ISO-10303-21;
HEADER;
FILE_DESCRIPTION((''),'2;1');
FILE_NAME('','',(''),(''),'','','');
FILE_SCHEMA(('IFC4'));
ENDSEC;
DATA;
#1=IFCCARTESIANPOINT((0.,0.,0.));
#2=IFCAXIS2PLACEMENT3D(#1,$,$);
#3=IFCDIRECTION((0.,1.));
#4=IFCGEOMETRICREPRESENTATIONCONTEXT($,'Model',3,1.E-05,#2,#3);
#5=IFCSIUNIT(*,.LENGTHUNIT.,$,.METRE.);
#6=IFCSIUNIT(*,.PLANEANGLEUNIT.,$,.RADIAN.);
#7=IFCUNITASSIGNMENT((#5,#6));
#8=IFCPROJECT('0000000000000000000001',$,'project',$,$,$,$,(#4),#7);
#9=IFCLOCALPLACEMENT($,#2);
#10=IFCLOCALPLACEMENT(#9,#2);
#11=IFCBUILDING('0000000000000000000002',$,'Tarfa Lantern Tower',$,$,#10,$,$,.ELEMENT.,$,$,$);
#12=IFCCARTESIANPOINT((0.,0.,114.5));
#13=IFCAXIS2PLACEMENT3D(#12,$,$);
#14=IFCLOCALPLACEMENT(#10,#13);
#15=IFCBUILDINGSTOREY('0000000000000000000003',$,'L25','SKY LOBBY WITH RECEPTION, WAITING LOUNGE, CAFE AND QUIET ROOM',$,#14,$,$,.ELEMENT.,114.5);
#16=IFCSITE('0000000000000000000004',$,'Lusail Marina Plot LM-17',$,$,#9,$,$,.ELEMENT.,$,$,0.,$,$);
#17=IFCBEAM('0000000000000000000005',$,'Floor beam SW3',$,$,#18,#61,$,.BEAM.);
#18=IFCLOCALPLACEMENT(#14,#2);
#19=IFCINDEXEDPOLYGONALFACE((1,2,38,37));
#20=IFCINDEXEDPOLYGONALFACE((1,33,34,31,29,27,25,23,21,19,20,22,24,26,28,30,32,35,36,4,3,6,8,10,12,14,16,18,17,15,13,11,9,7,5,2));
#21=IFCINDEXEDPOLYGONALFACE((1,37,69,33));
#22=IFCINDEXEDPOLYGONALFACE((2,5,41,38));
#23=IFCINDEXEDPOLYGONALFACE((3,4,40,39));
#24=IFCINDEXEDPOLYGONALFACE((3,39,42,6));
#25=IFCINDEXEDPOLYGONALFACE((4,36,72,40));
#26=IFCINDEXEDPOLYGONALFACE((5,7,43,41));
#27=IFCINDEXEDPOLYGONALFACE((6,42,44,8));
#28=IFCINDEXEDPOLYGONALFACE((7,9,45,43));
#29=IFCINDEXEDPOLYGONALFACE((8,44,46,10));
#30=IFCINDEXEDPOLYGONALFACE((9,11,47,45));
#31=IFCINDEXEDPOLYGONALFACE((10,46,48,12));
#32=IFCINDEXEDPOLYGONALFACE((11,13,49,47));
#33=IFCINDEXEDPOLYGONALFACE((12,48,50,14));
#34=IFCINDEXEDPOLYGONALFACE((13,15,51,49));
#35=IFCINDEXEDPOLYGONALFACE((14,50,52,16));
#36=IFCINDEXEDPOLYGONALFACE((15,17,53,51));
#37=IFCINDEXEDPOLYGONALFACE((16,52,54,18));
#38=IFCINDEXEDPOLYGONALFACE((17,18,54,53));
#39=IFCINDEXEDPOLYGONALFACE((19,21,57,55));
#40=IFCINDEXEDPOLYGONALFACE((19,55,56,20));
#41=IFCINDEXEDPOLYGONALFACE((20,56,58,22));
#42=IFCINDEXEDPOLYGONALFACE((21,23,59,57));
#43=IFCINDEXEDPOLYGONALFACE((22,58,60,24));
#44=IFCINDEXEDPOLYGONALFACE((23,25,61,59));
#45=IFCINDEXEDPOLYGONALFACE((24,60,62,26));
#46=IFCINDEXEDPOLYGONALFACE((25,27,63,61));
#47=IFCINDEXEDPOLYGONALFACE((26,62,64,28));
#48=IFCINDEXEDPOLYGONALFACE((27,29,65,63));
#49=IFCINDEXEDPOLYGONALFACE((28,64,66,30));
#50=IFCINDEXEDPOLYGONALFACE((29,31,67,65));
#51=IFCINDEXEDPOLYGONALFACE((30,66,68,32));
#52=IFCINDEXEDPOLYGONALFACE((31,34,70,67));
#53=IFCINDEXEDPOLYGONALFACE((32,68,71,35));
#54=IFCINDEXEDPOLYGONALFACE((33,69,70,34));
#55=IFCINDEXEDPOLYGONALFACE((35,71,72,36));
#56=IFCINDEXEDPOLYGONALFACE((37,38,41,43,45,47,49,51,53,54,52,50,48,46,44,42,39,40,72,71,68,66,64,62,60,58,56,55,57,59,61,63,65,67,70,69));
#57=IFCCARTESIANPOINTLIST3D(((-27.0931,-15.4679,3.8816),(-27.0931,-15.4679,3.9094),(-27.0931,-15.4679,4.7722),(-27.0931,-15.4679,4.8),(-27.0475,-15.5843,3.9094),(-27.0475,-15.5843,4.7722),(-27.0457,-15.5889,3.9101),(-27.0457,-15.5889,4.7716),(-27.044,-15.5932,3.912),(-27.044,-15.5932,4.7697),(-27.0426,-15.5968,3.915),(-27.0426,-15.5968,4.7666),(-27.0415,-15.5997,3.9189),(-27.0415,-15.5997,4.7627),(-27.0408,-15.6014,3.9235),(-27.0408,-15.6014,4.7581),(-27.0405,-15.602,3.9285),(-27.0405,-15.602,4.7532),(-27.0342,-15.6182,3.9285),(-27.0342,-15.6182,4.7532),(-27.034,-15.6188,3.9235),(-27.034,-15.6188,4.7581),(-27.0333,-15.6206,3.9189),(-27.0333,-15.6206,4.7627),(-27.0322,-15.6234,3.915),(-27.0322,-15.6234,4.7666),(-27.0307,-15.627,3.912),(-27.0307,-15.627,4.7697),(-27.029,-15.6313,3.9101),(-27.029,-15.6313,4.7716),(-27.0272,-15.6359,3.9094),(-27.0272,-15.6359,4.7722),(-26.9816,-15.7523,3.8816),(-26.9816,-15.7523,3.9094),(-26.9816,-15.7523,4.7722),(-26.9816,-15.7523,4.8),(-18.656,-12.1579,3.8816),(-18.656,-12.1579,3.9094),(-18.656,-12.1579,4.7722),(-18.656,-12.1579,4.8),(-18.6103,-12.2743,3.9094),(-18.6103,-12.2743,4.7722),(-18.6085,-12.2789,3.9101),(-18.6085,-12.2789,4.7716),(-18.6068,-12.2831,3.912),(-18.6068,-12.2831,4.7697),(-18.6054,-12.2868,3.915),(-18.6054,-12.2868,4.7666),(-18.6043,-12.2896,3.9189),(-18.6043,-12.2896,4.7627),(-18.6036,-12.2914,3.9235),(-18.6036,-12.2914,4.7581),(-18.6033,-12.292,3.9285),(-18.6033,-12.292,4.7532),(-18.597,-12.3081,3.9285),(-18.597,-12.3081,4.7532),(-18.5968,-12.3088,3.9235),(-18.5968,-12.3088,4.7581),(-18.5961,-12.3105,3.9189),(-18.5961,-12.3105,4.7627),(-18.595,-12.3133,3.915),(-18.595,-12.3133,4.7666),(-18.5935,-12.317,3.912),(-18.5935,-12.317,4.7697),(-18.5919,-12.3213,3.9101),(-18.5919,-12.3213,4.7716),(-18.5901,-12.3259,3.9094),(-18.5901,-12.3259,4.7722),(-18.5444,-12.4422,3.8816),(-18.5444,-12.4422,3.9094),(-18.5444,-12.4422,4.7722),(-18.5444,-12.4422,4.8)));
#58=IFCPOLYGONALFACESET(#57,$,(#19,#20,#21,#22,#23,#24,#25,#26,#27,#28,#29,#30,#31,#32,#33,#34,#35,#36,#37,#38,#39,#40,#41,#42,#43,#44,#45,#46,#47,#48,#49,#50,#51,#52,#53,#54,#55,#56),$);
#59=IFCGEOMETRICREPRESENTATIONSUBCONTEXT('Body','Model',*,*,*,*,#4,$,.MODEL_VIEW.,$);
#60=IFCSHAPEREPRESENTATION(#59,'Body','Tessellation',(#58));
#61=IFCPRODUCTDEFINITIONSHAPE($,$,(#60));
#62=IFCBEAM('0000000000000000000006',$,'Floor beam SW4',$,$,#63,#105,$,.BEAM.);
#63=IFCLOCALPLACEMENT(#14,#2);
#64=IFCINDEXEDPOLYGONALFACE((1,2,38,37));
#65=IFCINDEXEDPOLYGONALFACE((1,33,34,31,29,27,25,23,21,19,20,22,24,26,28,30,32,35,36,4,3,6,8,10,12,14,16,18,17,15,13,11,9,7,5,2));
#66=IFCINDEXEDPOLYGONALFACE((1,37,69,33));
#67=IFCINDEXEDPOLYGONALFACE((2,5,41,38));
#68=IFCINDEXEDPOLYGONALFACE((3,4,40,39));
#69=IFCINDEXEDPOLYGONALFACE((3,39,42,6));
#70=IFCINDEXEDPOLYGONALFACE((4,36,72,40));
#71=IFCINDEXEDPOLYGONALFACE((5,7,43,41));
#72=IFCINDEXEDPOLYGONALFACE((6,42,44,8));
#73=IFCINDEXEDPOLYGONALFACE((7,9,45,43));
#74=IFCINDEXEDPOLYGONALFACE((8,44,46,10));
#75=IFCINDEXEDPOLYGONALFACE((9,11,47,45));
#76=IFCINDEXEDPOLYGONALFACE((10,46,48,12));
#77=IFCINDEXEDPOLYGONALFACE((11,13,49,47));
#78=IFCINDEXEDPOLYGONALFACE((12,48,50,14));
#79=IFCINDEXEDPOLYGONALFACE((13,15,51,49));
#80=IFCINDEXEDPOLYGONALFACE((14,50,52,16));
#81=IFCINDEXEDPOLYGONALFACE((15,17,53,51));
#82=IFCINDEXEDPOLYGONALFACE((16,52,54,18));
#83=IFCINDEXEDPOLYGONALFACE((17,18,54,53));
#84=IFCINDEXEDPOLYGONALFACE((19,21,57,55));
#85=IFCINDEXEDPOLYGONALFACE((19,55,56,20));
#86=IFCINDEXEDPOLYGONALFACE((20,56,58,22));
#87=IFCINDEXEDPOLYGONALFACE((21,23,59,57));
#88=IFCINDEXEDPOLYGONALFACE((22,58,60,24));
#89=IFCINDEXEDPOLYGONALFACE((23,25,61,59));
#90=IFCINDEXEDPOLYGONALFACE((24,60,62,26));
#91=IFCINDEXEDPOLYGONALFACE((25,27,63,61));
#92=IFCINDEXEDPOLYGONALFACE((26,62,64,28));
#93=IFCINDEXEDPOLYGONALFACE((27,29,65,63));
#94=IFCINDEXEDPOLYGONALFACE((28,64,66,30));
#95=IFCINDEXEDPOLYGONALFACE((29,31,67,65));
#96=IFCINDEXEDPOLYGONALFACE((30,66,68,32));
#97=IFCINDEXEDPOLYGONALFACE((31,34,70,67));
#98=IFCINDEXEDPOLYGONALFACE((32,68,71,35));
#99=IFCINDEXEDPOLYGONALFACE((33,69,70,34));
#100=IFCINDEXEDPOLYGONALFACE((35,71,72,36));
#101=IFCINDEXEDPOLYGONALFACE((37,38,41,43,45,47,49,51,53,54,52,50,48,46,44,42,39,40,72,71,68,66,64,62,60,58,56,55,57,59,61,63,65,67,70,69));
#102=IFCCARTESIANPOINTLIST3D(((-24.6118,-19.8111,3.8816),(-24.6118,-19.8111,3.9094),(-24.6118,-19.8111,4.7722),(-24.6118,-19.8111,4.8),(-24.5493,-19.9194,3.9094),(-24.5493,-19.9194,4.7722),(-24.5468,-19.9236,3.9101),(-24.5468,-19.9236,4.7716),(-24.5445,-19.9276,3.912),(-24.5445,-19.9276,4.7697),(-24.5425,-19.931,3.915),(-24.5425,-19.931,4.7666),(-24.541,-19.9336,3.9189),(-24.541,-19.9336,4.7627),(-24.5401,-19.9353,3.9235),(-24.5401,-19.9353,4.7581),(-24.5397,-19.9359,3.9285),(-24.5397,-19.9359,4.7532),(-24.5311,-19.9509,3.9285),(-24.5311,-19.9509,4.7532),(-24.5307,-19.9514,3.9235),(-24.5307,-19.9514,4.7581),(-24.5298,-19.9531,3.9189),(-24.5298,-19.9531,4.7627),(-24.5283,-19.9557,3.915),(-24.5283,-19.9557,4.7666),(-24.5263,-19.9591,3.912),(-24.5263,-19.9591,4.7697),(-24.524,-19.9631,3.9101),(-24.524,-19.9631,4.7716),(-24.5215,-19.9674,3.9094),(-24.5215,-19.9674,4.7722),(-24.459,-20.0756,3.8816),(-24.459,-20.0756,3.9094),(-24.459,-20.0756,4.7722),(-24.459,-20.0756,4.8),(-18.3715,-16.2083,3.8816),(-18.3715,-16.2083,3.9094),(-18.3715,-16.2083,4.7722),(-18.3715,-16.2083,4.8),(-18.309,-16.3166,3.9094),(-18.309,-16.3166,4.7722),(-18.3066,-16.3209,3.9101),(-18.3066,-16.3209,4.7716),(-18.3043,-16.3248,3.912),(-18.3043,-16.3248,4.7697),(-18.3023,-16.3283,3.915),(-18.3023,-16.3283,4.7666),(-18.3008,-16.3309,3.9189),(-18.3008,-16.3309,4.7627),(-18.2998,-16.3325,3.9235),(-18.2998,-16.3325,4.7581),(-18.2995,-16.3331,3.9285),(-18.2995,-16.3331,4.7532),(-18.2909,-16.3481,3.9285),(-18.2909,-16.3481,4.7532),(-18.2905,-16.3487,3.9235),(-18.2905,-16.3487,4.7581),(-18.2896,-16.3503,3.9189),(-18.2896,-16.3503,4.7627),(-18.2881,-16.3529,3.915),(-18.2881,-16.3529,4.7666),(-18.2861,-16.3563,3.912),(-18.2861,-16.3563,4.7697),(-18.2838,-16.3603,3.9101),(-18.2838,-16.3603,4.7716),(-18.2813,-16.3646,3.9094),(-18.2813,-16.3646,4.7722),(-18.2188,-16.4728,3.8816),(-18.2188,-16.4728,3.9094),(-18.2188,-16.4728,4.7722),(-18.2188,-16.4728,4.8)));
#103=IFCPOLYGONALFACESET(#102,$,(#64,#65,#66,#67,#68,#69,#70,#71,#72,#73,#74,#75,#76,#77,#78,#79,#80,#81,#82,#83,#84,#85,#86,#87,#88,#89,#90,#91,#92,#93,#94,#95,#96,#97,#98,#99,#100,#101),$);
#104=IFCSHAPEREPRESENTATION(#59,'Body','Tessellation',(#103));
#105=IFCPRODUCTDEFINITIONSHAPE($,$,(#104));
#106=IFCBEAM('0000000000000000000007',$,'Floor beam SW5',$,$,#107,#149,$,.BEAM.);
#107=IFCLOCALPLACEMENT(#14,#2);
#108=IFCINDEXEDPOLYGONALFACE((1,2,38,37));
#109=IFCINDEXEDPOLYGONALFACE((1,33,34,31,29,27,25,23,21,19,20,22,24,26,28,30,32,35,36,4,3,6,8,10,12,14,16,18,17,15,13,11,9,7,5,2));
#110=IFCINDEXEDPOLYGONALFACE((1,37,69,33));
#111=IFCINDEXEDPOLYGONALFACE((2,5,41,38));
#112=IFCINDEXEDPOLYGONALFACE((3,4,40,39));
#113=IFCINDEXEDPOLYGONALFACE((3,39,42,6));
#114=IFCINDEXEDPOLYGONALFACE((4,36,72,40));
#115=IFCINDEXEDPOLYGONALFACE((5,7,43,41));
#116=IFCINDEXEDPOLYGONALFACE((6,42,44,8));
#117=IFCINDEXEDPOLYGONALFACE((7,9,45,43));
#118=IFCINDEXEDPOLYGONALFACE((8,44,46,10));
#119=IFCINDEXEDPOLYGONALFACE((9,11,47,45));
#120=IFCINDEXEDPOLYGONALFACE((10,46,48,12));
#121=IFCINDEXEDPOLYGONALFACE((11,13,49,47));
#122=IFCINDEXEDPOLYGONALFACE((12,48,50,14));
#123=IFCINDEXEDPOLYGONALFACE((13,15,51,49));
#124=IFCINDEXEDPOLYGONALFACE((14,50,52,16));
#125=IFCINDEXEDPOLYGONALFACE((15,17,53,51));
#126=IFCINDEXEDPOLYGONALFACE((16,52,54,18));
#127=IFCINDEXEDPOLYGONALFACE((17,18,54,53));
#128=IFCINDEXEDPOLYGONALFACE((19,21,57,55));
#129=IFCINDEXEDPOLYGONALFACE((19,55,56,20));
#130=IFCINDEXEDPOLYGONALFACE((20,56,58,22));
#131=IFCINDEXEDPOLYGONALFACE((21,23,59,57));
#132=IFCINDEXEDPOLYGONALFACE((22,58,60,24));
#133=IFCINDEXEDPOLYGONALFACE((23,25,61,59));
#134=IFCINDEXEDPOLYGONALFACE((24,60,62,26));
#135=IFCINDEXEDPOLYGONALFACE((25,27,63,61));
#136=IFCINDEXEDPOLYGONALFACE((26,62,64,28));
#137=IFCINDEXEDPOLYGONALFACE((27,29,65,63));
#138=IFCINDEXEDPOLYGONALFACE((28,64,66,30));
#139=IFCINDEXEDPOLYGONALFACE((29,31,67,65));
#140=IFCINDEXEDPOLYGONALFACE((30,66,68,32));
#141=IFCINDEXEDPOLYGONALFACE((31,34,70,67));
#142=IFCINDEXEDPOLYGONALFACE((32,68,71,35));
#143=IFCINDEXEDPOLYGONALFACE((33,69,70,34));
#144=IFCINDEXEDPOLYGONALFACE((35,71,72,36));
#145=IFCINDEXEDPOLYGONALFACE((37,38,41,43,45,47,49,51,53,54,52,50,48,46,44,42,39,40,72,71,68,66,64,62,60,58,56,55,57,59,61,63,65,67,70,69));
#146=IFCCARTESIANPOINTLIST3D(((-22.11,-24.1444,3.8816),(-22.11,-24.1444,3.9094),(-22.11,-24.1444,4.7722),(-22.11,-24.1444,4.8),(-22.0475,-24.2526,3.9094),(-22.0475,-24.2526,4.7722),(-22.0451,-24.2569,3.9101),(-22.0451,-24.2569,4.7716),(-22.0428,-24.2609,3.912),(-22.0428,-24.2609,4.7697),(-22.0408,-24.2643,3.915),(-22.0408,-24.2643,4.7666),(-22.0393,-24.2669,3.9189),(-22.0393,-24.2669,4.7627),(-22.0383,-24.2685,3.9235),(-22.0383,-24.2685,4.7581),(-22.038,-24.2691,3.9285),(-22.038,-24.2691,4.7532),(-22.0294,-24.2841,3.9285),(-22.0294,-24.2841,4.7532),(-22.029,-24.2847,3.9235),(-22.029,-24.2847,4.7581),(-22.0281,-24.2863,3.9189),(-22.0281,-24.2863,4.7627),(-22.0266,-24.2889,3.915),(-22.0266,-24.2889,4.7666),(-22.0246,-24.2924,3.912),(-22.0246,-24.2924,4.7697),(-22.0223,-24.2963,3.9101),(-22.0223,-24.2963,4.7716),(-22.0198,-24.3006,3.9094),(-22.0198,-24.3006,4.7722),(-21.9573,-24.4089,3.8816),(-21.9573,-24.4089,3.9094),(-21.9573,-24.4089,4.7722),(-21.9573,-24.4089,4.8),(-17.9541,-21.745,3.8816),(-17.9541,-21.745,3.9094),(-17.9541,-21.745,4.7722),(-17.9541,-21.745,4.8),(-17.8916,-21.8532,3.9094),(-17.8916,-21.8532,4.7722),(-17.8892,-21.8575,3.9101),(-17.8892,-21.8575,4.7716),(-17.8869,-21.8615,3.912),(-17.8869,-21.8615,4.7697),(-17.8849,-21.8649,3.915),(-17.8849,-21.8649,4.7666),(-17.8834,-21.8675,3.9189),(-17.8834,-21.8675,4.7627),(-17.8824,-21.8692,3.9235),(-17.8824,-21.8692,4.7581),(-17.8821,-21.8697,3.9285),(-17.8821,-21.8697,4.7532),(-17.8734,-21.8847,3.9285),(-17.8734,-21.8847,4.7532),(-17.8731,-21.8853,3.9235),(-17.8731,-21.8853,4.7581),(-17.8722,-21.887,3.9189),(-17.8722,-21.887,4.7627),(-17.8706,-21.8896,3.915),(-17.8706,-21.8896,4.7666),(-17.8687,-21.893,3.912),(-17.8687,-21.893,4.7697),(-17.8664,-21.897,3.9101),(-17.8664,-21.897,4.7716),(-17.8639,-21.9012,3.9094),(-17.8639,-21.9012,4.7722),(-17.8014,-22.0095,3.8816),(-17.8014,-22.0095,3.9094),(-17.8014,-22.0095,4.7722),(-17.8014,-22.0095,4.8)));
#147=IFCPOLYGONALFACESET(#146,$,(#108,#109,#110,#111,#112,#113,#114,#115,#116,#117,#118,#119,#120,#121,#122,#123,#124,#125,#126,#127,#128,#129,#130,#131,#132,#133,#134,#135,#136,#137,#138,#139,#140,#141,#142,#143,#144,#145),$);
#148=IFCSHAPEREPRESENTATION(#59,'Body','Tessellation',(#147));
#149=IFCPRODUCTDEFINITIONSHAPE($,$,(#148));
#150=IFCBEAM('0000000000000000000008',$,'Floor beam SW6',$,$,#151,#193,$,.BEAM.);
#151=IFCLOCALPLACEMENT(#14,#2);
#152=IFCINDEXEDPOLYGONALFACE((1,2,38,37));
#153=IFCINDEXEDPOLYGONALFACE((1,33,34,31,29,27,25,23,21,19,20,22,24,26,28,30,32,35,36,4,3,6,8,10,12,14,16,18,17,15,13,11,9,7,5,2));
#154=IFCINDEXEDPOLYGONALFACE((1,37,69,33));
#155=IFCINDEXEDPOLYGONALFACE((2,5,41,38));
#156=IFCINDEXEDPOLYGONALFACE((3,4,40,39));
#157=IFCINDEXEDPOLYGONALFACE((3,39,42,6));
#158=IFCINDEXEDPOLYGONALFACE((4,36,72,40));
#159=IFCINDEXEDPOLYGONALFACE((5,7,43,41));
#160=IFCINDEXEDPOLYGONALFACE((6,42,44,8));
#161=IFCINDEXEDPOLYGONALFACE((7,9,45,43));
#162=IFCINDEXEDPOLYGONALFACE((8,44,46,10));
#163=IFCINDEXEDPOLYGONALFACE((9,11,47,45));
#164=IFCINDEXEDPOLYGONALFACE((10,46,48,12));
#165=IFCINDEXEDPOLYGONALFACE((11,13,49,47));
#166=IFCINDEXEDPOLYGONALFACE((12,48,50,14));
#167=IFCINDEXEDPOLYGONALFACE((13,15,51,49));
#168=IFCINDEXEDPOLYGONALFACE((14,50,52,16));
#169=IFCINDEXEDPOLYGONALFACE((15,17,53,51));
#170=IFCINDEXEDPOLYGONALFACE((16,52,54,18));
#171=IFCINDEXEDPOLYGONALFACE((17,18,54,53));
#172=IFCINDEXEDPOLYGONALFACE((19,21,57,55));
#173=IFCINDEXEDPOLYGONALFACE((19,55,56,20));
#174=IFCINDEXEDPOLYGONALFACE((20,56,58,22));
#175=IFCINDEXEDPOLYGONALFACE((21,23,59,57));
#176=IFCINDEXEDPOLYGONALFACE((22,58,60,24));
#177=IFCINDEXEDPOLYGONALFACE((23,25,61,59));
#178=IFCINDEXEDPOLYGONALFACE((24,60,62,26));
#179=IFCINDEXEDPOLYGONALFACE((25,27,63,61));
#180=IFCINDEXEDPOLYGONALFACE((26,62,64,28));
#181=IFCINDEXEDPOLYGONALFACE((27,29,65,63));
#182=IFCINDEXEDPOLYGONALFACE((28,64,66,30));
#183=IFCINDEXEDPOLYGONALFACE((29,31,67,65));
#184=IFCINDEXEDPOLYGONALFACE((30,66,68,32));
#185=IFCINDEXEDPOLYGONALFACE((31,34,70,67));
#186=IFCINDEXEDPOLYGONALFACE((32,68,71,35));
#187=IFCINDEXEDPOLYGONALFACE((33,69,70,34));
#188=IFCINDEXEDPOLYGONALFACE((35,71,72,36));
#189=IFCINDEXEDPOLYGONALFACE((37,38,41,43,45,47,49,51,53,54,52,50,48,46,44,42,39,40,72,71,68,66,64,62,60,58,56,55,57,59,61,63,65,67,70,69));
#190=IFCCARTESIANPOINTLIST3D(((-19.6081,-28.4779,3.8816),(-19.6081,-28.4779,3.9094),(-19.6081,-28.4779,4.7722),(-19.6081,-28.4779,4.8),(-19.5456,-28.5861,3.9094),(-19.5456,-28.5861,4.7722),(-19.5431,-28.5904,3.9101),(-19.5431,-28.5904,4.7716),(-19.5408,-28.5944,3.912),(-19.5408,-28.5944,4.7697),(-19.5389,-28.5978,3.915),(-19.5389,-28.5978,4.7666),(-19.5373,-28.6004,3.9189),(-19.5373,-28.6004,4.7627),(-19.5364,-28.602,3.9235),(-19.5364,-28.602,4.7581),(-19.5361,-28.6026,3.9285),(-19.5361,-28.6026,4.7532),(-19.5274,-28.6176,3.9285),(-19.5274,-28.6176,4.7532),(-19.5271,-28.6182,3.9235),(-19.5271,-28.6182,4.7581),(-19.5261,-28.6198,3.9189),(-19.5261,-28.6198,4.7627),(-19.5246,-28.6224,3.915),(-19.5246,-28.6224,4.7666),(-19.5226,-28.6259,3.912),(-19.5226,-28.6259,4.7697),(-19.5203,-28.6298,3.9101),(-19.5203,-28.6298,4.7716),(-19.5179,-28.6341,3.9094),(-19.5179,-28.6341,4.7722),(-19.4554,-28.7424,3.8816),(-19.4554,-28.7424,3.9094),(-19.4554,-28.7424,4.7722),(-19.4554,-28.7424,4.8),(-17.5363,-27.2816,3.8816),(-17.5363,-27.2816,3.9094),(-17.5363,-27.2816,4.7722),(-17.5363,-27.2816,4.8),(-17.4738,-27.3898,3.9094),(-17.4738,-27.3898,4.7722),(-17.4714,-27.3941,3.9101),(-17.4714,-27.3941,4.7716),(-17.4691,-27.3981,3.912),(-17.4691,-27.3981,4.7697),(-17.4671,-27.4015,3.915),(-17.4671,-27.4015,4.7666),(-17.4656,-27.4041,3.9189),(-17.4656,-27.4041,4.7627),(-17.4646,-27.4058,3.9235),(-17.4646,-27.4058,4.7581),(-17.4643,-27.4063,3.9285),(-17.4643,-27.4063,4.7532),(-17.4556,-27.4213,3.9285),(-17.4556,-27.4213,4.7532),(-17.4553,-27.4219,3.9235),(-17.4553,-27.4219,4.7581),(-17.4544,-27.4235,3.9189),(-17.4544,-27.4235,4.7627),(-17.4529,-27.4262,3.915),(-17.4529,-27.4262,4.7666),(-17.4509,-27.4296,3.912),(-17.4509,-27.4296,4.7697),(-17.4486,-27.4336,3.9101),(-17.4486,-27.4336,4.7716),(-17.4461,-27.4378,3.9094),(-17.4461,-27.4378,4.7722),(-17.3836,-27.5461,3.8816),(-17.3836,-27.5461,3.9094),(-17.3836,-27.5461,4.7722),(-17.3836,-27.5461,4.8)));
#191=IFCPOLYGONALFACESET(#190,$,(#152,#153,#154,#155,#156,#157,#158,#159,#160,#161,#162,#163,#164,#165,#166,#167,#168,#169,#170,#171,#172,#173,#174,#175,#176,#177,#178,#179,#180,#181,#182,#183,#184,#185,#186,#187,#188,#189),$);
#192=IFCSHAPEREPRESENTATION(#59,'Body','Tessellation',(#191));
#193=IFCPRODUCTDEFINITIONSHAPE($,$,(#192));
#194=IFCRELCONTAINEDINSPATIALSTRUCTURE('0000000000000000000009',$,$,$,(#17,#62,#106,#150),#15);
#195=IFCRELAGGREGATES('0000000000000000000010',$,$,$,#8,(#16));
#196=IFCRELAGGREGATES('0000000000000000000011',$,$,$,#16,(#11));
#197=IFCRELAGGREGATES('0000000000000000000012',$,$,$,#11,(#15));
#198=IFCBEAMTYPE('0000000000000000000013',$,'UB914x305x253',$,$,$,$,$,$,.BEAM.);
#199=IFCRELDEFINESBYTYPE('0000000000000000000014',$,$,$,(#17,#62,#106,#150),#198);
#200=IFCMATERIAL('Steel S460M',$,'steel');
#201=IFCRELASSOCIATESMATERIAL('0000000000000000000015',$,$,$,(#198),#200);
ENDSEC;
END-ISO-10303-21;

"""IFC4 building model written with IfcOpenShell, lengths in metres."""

from ifc_helpers import new_model, si_unit, direction, frame, origin, origin_2d, place, context, subcontext, project, spatial, i_section, extrude, material, material_profile, profile_set, type_object, element, save


model = new_model("IFC4")

# Units and contexts
model_context = context("Model", 3, precision=1e-05, world=origin(), true_north=direction((0.0, 1.0)))
body_context = subcontext(model_context, "Body", "Model", "MODEL_VIEW")
ifc_project = project(units=[si_unit("LENGTHUNIT", "METRE"), si_unit("PLANEANGLEUNIT", "RADIAN")], contexts=[model_context])

# Site, building, storey
site_placement = place(None, origin())
site = spatial("IfcSite", under=ifc_project, at=site_placement, Name="Lusail Marina Plot LM-17", CompositionType="ELEMENT", RefElevation=0.0)
building_placement = place(site_placement, origin())
building = spatial("IfcBuilding", under=site, at=building_placement, Name="Tarfa Lantern Tower", CompositionType="ELEMENT")
storey_placement = place(building_placement, frame((0.0, 0.0, 114.5)))
storey = spatial("IfcBuildingStorey", under=building, at=storey_placement, Name="L25", Description="SKY LOBBY WITH RECEPTION, WAITING LOUNGE, CAFE AND QUIET ROOM", CompositionType="ELEMENT", Elevation=114.5)

# Beams
ifc_material_1 = material(Name="Steel S460M", Category="steel")
ifc_material_profile_1 = material_profile(ifc_material_1, i_section(OverallWidth=0.3054, OverallDepth=0.9185, WebThickness=0.0173, FlangeThickness=0.0278, FilletRadius=0.019, at=origin_2d()), Name="UB914x305x253")
ifc_profile_set_1 = profile_set([ifc_material_profile_1], Name="Steel S460M")
beam_type_1 = type_object("IfcBeamType", Name="UB914x305x253", PredefinedType="BEAM", material=ifc_profile_set_1)
beam_1_placement = place(storey_placement, frame((-27.0374, -15.6101, 4.3408), z_axis=(0.930923, 0.365215, 0.0), x_axis=(-0.365215, 0.930923, 0.0)))
element("IfcBeam", 1, at=beam_1_placement, inside=storey, type_object=beam_type_1, Name="Floor beam SW3", PredefinedType="BEAM", context=body_context, shape_type="SweptSolid", body=[
    extrude(i_section(OverallWidth=0.3054, OverallDepth=0.9185, WebThickness=0.0173, FlangeThickness=0.0278, FilletRadius=0.019, at=origin_2d()), origin(), (0.0, 0.0, 1.0), 9.0632),
])
beam_2_placement = place(storey_placement, frame((-24.5354, -19.9434, 4.3408), z_axis=(0.866026, 0.499998, 0.0), x_axis=(-0.499998, 0.866026, 0.0)))
element("IfcBeam", 2, at=beam_2_placement, inside=storey, type_object=beam_type_1, Name="Floor beam SW4", PredefinedType="BEAM", context=body_context, shape_type="SweptSolid", body=[
    extrude(i_section(OverallWidth=0.3054, OverallDepth=0.9185, WebThickness=0.0173, FlangeThickness=0.0278, FilletRadius=0.019, at=origin_2d()), origin(), (0.0, 0.0, 1.0), 7.2056),
])
beam_3_placement = place(storey_placement, frame((-22.0337, -24.2766, 4.3408), z_axis=(0.866031, 0.499991, 0.0), x_axis=(-0.499991, 0.866031, 0.0)))
element("IfcBeam", 3, at=beam_3_placement, inside=storey, type_object=beam_type_1, Name="Floor beam SW5", PredefinedType="BEAM", context=body_context, shape_type="SweptSolid", body=[
    extrude(i_section(OverallWidth=0.3054, OverallDepth=0.9185, WebThickness=0.0173, FlangeThickness=0.0278, FilletRadius=0.019, at=origin_2d()), origin(), (0.0, 0.0, 1.0), 4.7988),
])
beam_4_placement = place(storey_placement, frame((-19.5317, -28.6101, 4.3408), z_axis=(0.865999, 0.500046, 0.0), x_axis=(-0.500046, 0.865999, 0.0)))
element("IfcBeam", 4, at=beam_4_placement, inside=storey, type_object=beam_type_1, Name="Floor beam SW6", PredefinedType="BEAM", context=body_context, shape_type="SweptSolid", body=[
    extrude(i_section(OverallWidth=0.3054, OverallDepth=0.9185, WebThickness=0.0173, FlangeThickness=0.0278, FilletRadius=0.019, at=origin_2d()), origin(), (0.0, 0.0, 1.0), 2.3923),
])

save(model, "model.ifc")
